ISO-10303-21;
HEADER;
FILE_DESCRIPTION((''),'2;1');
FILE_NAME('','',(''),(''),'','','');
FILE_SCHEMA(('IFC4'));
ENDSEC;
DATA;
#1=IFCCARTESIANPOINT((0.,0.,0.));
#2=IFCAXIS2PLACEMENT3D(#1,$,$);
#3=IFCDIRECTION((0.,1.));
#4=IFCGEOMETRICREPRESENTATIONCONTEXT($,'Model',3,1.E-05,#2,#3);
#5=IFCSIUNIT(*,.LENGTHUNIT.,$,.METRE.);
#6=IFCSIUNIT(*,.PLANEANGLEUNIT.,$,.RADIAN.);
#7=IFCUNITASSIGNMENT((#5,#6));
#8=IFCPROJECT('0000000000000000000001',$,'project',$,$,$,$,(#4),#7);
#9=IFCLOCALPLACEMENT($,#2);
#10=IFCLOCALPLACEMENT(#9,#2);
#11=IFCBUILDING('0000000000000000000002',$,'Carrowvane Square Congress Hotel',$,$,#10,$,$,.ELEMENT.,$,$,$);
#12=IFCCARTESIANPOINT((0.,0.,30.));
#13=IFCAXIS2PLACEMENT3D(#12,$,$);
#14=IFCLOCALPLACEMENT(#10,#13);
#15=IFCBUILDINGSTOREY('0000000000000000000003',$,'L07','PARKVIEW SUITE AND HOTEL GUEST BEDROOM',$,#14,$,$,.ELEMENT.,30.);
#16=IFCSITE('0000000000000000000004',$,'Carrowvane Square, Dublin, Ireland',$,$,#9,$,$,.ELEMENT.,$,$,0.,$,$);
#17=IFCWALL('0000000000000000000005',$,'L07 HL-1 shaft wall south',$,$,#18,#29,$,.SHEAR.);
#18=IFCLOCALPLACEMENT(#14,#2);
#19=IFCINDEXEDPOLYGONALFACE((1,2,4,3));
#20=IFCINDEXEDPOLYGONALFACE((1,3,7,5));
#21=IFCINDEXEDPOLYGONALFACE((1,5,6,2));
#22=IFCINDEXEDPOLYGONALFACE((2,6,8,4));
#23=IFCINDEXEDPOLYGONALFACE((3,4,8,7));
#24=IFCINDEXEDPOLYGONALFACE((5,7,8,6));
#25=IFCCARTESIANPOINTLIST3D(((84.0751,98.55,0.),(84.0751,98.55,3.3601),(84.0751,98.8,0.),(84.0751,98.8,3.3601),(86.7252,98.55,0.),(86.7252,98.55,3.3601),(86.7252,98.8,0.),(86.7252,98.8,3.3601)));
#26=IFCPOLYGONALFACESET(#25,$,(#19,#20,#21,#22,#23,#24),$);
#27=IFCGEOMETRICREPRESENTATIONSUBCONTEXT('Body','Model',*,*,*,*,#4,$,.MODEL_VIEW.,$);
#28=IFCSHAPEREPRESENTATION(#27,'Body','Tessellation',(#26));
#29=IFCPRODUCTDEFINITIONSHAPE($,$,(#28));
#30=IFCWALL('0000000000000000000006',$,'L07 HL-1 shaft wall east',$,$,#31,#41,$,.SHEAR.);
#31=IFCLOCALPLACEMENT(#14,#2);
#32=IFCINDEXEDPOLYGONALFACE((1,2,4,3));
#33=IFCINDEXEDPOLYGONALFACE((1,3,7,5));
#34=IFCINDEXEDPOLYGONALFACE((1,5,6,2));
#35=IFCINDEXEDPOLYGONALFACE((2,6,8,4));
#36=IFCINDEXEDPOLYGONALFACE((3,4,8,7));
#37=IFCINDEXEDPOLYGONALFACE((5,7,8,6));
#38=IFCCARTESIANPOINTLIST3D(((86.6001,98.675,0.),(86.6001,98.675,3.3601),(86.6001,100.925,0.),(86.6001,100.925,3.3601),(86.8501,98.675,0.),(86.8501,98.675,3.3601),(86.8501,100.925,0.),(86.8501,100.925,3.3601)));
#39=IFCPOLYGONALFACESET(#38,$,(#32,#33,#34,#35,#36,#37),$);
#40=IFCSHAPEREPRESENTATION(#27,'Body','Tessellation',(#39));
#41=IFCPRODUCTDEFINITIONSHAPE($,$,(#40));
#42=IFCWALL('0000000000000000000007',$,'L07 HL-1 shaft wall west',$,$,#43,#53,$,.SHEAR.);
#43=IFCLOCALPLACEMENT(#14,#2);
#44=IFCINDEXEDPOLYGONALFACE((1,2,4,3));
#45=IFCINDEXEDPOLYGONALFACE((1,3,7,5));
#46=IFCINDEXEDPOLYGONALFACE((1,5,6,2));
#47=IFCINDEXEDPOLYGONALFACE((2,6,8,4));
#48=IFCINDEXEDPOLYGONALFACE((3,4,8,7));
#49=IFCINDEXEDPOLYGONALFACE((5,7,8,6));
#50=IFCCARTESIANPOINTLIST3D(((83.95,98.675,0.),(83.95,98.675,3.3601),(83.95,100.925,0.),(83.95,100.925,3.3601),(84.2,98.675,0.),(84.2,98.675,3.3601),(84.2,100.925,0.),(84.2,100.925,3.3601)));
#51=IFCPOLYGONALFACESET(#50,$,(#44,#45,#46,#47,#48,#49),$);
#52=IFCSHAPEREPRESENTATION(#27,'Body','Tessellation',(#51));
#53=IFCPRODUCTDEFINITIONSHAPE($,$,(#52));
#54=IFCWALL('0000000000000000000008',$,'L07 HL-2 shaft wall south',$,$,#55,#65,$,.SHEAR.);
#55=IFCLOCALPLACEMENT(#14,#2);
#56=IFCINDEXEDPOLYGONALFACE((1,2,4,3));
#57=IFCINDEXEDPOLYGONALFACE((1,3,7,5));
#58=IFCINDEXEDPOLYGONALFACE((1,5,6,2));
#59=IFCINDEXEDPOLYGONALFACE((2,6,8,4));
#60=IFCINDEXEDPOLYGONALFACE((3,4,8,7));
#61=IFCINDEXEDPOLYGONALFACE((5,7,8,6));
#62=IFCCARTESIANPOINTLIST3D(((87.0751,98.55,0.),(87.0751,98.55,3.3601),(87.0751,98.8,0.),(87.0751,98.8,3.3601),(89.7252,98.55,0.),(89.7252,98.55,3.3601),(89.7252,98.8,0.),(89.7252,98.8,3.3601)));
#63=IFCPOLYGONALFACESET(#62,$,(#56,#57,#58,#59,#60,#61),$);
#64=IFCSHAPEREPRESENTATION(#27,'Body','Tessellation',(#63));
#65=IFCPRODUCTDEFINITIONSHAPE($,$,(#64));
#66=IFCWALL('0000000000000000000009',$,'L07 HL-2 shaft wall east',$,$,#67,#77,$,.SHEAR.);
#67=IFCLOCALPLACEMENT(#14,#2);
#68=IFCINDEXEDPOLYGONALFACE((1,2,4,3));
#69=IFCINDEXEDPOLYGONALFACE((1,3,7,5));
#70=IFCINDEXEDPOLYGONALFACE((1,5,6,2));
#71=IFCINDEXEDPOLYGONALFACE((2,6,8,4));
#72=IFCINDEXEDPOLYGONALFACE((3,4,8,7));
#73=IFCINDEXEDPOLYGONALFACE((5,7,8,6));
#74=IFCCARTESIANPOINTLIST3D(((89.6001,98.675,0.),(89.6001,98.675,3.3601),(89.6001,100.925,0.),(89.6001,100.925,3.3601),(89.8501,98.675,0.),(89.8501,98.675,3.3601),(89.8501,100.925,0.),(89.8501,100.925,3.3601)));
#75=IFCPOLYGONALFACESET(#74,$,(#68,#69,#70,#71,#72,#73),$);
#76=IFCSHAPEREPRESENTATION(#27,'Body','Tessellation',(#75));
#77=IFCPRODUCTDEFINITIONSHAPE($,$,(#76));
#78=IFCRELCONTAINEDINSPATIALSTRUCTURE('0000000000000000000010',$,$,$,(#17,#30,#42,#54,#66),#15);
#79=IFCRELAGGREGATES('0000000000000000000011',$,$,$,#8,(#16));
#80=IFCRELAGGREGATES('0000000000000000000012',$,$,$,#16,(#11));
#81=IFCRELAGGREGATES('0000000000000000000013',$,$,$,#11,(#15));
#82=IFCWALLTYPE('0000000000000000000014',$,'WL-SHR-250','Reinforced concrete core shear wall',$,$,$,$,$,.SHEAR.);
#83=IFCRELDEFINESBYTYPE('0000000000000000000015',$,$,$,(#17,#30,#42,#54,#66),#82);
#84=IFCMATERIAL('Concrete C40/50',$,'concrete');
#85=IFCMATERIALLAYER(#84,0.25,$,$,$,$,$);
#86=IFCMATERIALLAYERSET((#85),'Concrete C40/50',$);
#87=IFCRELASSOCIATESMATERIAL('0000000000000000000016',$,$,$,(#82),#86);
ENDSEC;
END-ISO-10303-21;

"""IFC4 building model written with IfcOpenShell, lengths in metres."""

from ifc_helpers import new_model, si_unit, direction, frame, frame_2d, origin, place, context, subcontext, project, spatial, rectangle, extrude, material, layer, layer_set, type_object, element, save


model = new_model("IFC4")

# Units and contexts
model_context = context("Model", 3, precision=1e-05, world=origin(), true_north=direction((0.0, 1.0)))
body_context = subcontext(model_context, "Body", "Model", "MODEL_VIEW")
ifc_project = project(units=[si_unit("LENGTHUNIT", "METRE"), si_unit("PLANEANGLEUNIT", "RADIAN")], contexts=[model_context])

# Site, building, storey
site_placement = place(None, origin())
site = spatial("IfcSite", under=ifc_project, at=site_placement, Name="Carrowvane Square, Dublin, Ireland", CompositionType="ELEMENT", RefElevation=0.0)
building_placement = place(site_placement, origin())
building = spatial("IfcBuilding", under=site, at=building_placement, Name="Carrowvane Square Congress Hotel", CompositionType="ELEMENT")
storey_placement = place(building_placement, frame((0.0, 0.0, 30.0)))
storey = spatial("IfcBuildingStorey", under=building, at=storey_placement, Name="L07", Description="PARKVIEW SUITE AND HOTEL GUEST BEDROOM", CompositionType="ELEMENT", Elevation=30.0)

# Shared definitions
ifc_material_1 = material(Name="Concrete C40/50", Category="concrete")
ifc_layer_1 = layer(ifc_material_1, 0.25)
ifc_layer_set_1 = layer_set([ifc_layer_1], Name="Concrete C40/50")
wall_type_1 = type_object("IfcWallType", Name="WL-SHR-250", Description="Reinforced concrete core shear wall", PredefinedType="SHEAR", material=ifc_layer_set_1)

# Walls
wall_1_placement = place(storey_placement, frame((84.075, 98.675, 0.0), z_axis=(0.0, 0.0, 1.0), x_axis=(1.0, 0.0, 0.0)))
element("IfcWall", 1, at=wall_1_placement, inside=storey, type_object=wall_type_1, Name="L07 HL-1 shaft wall south", PredefinedType="SHEAR", context=body_context, shape_type="SweptSolid", body=[
    extrude(rectangle(XDim=2.6501, YDim=0.25, at=frame_2d((1.3252, 0.0))), origin(), (0.0, 0.0, 1.0), 3.3601),
])
for number, where, z_axis, x_axis, name in (
    (2, (86.7251, 98.675, 0.0), (0.0, 0.0, 1.0), (0.0, 1.0, 0.0), "L07 HL-1 shaft wall east"),
    (3, (84.075, 100.925, 0.0), (0.0, 0.0, 1.0), (0.0, -1.0, 0.0), "L07 HL-1 shaft wall west"),
):
    element("IfcWall", number, at=place(storey_placement, frame(where, z_axis=z_axis, x_axis=x_axis)), inside=storey, type_object=wall_type_1, Name=name, PredefinedType="SHEAR", context=body_context, shape_type="SweptSolid", body=[
        extrude(rectangle(XDim=2.25, YDim=0.25, at=frame_2d((1.125, 0.0))), origin(), (0.0, 0.0, 1.0), 3.3601),
    ])
wall_2_placement = place(storey_placement, frame((87.075, 98.675, 0.0), z_axis=(0.0, 0.0, 1.0), x_axis=(1.0, 0.0, 0.0)))
element("IfcWall", 4, at=wall_2_placement, inside=storey, type_object=wall_type_1, Name="L07 HL-2 shaft wall south", PredefinedType="SHEAR", context=body_context, shape_type="SweptSolid", body=[
    extrude(rectangle(XDim=2.6501, YDim=0.25, at=frame_2d((1.3252, 0.0))), origin(), (0.0, 0.0, 1.0), 3.3601),
])
wall_3_placement = place(storey_placement, frame((89.7251, 98.675, 0.0), z_axis=(0.0, 0.0, 1.0), x_axis=(0.0, 1.0, 0.0)))
element("IfcWall", 5, at=wall_3_placement, inside=storey, type_object=wall_type_1, Name="L07 HL-2 shaft wall east", PredefinedType="SHEAR", context=body_context, shape_type="SweptSolid", body=[
    extrude(rectangle(XDim=2.25, YDim=0.25, at=frame_2d((1.125, 0.0))), origin(), (0.0, 0.0, 1.0), 3.3601),
])

save(model, "model.ifc")
